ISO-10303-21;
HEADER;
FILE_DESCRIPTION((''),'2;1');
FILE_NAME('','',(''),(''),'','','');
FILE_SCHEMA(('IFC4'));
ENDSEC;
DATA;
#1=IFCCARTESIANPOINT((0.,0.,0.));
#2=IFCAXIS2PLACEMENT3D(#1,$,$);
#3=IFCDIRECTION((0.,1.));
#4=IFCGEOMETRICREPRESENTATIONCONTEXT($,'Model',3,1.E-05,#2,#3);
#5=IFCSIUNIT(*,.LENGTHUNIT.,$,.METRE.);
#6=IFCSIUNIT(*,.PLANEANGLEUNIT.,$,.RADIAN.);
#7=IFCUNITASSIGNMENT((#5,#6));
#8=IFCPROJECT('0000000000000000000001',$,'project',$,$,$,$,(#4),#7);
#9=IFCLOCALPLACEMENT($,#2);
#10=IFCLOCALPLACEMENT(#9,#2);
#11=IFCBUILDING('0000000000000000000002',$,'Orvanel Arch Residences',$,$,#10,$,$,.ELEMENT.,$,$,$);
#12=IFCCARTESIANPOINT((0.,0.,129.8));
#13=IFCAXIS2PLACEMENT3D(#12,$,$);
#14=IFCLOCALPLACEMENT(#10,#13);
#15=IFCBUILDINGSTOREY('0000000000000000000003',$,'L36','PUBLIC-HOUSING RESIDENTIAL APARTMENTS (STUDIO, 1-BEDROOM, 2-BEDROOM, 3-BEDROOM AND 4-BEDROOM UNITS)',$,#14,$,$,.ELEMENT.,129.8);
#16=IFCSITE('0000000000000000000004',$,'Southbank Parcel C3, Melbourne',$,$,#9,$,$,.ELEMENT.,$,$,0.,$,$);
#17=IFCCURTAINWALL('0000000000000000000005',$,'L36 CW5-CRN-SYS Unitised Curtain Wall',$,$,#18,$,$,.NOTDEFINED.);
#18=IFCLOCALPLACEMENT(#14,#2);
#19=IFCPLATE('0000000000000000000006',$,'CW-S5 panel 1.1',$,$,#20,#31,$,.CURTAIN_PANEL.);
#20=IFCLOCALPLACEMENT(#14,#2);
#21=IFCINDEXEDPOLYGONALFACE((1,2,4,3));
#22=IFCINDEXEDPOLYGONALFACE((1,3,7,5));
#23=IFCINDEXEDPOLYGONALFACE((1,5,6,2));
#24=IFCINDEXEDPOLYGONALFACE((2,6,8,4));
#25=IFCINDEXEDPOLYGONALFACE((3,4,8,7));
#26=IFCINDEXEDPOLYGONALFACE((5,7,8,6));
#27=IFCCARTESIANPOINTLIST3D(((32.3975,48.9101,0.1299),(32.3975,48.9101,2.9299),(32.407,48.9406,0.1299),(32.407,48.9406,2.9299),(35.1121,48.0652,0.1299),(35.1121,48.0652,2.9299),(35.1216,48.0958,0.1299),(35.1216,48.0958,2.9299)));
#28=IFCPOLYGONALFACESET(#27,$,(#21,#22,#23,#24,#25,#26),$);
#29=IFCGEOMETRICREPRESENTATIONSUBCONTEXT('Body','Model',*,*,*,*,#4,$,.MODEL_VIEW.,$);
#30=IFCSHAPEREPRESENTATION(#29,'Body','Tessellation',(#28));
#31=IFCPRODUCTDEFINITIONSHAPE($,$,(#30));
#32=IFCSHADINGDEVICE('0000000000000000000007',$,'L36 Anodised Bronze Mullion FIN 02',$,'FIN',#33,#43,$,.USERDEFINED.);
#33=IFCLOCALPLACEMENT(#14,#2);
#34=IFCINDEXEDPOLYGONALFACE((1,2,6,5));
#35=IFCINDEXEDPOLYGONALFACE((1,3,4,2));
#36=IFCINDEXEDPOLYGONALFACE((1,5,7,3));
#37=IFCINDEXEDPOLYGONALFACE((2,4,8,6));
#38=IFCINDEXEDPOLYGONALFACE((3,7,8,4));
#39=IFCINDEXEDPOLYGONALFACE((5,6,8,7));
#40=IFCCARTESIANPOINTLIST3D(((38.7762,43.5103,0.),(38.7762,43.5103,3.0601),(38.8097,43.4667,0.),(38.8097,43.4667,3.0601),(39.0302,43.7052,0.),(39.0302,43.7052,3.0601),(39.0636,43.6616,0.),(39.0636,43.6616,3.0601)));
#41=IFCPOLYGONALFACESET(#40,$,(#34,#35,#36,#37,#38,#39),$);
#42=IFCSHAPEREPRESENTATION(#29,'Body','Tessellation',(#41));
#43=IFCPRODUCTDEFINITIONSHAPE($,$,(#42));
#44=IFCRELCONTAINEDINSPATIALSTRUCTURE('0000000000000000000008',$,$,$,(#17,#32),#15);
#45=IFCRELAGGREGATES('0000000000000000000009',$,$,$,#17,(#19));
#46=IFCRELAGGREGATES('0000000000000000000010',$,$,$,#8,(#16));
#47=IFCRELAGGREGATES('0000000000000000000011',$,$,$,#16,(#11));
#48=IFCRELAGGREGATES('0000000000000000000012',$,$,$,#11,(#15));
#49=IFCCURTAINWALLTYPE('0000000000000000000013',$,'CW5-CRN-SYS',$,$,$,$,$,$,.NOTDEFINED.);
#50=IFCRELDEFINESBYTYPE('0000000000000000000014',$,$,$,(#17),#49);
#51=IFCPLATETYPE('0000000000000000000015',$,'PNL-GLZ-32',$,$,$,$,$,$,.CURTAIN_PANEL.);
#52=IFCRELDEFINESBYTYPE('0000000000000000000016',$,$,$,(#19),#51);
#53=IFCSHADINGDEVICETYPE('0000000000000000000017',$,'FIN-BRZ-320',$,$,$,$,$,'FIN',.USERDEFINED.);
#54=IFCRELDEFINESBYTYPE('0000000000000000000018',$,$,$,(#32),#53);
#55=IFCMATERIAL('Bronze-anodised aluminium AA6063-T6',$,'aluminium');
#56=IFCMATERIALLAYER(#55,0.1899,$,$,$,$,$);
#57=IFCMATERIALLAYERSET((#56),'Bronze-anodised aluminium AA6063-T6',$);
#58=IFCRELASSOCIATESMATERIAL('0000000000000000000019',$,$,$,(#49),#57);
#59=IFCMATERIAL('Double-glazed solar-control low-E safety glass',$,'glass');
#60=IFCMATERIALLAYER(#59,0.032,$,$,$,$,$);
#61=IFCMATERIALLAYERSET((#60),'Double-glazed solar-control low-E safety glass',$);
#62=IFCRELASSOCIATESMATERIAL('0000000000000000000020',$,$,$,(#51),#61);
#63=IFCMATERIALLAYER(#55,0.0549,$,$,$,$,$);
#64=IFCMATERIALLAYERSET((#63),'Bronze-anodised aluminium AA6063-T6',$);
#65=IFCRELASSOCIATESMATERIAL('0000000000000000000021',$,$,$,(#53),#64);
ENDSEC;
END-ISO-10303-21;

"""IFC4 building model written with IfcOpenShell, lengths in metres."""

from ifc_helpers import new_model, si_unit, direction, frame, origin, origin_2d, place, context, subcontext, project, spatial, rectangle, extrude, material, layer, layer_set, type_object, element, aggregate, save


model = new_model("IFC4")

# Units and contexts
model_context = context("Model", 3, precision=1e-05, world=origin(), true_north=direction((0.0, 1.0)))
body_context = subcontext(model_context, "Body", "Model", "MODEL_VIEW")
ifc_project = project(units=[si_unit("LENGTHUNIT", "METRE"), si_unit("PLANEANGLEUNIT", "RADIAN")], contexts=[model_context])

# Site, building, storey
site_placement = place(None, origin())
site = spatial("IfcSite", under=ifc_project, at=site_placement, Name="Southbank Parcel C3, Melbourne", CompositionType="ELEMENT", RefElevation=0.0)
building_placement = place(site_placement, origin())
building = spatial("IfcBuilding", under=site, at=building_placement, Name="Orvanel Arch Residences", CompositionType="ELEMENT")
storey_placement = place(building_placement, frame((0.0, 0.0, 129.8)))
storey = spatial("IfcBuildingStorey", under=building, at=storey_placement, Name="L36", Description="PUBLIC-HOUSING RESIDENTIAL APARTMENTS (STUDIO, 1-BEDROOM, 2-BEDROOM, 3-BEDROOM AND 4-BEDROOM UNITS)", CompositionType="ELEMENT", Elevation=129.8)

# Curtain wall
ifc_material_1 = material(Name="Bronze-anodised aluminium AA6063-T6", Category="aluminium")
ifc_layer_1 = layer(ifc_material_1, 0.1899)
ifc_layer_set_1 = layer_set([ifc_layer_1], Name="Bronze-anodised aluminium AA6063-T6")
curtain_wall_type_1 = type_object("IfcCurtainWallType", Name="CW5-CRN-SYS", PredefinedType="NOTDEFINED", material=ifc_layer_set_1)
curtain_wall_1_placement = place(storey_placement, origin())
curtain_wall_1 = element("IfcCurtainWall", 1, at=curtain_wall_1_placement, inside=storey, type_object=curtain_wall_type_1, Name="L36 CW5-CRN-SYS Unitised Curtain Wall", PredefinedType="NOTDEFINED")

# Plate
ifc_material_2 = material(Name="Double-glazed solar-control low-E safety glass", Category="glass")
ifc_layer_2 = layer(ifc_material_2, 0.032)
ifc_layer_set_2 = layer_set([ifc_layer_2], Name="Double-glazed solar-control low-E safety glass")
plate_type_1 = type_object("IfcPlateType", Name="PNL-GLZ-32", PredefinedType="CURTAIN_PANEL", material=ifc_layer_set_2)
plate_1_placement = place(storey_placement, frame((33.7595, 48.5029, 0.1299), z_axis=(0.0, 0.0, 1.0), x_axis=(-0.954825, 0.29717, 0.0)))
plate_1 = element("IfcPlate", 2, at=plate_1_placement, type_object=plate_type_1, Name="CW-S5 panel 1.1", PredefinedType="CURTAIN_PANEL", context=body_context, shape_type="SweptSolid", body=[
    extrude(rectangle(XDim=2.843, YDim=0.032, at=origin_2d()), origin(), (0.0, 0.0, 1.0), 2.8),
])
aggregate(curtain_wall_1, [plate_1])

# Shading device
ifc_layer_3 = layer(ifc_material_1, 0.0549)
ifc_layer_set_3 = layer_set([ifc_layer_3], Name="Bronze-anodised aluminium AA6063-T6")
shading_device_type = type_object("IfcShadingDeviceType", Name="FIN-BRZ-320", ElementType="FIN", PredefinedType="USERDEFINED", material=ifc_layer_set_3)
shading_device_placement = place(storey_placement, frame((38.9199, 43.5859, 0.0), z_axis=(0.0, 0.0, 1.0), x_axis=(0.793353, 0.608761, 0.0)))
element("IfcShadingDevice", 3, at=shading_device_placement, inside=storey, type_object=shading_device_type, Name="L36 Anodised Bronze Mullion FIN 02", ObjectType="FIN", PredefinedType="USERDEFINED", context=body_context, shape_type="SweptSolid", body=[
    extrude(rectangle(XDim=0.3201, YDim=0.0549, at=origin_2d()), origin(), (0.0, 0.0, 1.0), 3.0601),
])

save(model, "model.ifc")
